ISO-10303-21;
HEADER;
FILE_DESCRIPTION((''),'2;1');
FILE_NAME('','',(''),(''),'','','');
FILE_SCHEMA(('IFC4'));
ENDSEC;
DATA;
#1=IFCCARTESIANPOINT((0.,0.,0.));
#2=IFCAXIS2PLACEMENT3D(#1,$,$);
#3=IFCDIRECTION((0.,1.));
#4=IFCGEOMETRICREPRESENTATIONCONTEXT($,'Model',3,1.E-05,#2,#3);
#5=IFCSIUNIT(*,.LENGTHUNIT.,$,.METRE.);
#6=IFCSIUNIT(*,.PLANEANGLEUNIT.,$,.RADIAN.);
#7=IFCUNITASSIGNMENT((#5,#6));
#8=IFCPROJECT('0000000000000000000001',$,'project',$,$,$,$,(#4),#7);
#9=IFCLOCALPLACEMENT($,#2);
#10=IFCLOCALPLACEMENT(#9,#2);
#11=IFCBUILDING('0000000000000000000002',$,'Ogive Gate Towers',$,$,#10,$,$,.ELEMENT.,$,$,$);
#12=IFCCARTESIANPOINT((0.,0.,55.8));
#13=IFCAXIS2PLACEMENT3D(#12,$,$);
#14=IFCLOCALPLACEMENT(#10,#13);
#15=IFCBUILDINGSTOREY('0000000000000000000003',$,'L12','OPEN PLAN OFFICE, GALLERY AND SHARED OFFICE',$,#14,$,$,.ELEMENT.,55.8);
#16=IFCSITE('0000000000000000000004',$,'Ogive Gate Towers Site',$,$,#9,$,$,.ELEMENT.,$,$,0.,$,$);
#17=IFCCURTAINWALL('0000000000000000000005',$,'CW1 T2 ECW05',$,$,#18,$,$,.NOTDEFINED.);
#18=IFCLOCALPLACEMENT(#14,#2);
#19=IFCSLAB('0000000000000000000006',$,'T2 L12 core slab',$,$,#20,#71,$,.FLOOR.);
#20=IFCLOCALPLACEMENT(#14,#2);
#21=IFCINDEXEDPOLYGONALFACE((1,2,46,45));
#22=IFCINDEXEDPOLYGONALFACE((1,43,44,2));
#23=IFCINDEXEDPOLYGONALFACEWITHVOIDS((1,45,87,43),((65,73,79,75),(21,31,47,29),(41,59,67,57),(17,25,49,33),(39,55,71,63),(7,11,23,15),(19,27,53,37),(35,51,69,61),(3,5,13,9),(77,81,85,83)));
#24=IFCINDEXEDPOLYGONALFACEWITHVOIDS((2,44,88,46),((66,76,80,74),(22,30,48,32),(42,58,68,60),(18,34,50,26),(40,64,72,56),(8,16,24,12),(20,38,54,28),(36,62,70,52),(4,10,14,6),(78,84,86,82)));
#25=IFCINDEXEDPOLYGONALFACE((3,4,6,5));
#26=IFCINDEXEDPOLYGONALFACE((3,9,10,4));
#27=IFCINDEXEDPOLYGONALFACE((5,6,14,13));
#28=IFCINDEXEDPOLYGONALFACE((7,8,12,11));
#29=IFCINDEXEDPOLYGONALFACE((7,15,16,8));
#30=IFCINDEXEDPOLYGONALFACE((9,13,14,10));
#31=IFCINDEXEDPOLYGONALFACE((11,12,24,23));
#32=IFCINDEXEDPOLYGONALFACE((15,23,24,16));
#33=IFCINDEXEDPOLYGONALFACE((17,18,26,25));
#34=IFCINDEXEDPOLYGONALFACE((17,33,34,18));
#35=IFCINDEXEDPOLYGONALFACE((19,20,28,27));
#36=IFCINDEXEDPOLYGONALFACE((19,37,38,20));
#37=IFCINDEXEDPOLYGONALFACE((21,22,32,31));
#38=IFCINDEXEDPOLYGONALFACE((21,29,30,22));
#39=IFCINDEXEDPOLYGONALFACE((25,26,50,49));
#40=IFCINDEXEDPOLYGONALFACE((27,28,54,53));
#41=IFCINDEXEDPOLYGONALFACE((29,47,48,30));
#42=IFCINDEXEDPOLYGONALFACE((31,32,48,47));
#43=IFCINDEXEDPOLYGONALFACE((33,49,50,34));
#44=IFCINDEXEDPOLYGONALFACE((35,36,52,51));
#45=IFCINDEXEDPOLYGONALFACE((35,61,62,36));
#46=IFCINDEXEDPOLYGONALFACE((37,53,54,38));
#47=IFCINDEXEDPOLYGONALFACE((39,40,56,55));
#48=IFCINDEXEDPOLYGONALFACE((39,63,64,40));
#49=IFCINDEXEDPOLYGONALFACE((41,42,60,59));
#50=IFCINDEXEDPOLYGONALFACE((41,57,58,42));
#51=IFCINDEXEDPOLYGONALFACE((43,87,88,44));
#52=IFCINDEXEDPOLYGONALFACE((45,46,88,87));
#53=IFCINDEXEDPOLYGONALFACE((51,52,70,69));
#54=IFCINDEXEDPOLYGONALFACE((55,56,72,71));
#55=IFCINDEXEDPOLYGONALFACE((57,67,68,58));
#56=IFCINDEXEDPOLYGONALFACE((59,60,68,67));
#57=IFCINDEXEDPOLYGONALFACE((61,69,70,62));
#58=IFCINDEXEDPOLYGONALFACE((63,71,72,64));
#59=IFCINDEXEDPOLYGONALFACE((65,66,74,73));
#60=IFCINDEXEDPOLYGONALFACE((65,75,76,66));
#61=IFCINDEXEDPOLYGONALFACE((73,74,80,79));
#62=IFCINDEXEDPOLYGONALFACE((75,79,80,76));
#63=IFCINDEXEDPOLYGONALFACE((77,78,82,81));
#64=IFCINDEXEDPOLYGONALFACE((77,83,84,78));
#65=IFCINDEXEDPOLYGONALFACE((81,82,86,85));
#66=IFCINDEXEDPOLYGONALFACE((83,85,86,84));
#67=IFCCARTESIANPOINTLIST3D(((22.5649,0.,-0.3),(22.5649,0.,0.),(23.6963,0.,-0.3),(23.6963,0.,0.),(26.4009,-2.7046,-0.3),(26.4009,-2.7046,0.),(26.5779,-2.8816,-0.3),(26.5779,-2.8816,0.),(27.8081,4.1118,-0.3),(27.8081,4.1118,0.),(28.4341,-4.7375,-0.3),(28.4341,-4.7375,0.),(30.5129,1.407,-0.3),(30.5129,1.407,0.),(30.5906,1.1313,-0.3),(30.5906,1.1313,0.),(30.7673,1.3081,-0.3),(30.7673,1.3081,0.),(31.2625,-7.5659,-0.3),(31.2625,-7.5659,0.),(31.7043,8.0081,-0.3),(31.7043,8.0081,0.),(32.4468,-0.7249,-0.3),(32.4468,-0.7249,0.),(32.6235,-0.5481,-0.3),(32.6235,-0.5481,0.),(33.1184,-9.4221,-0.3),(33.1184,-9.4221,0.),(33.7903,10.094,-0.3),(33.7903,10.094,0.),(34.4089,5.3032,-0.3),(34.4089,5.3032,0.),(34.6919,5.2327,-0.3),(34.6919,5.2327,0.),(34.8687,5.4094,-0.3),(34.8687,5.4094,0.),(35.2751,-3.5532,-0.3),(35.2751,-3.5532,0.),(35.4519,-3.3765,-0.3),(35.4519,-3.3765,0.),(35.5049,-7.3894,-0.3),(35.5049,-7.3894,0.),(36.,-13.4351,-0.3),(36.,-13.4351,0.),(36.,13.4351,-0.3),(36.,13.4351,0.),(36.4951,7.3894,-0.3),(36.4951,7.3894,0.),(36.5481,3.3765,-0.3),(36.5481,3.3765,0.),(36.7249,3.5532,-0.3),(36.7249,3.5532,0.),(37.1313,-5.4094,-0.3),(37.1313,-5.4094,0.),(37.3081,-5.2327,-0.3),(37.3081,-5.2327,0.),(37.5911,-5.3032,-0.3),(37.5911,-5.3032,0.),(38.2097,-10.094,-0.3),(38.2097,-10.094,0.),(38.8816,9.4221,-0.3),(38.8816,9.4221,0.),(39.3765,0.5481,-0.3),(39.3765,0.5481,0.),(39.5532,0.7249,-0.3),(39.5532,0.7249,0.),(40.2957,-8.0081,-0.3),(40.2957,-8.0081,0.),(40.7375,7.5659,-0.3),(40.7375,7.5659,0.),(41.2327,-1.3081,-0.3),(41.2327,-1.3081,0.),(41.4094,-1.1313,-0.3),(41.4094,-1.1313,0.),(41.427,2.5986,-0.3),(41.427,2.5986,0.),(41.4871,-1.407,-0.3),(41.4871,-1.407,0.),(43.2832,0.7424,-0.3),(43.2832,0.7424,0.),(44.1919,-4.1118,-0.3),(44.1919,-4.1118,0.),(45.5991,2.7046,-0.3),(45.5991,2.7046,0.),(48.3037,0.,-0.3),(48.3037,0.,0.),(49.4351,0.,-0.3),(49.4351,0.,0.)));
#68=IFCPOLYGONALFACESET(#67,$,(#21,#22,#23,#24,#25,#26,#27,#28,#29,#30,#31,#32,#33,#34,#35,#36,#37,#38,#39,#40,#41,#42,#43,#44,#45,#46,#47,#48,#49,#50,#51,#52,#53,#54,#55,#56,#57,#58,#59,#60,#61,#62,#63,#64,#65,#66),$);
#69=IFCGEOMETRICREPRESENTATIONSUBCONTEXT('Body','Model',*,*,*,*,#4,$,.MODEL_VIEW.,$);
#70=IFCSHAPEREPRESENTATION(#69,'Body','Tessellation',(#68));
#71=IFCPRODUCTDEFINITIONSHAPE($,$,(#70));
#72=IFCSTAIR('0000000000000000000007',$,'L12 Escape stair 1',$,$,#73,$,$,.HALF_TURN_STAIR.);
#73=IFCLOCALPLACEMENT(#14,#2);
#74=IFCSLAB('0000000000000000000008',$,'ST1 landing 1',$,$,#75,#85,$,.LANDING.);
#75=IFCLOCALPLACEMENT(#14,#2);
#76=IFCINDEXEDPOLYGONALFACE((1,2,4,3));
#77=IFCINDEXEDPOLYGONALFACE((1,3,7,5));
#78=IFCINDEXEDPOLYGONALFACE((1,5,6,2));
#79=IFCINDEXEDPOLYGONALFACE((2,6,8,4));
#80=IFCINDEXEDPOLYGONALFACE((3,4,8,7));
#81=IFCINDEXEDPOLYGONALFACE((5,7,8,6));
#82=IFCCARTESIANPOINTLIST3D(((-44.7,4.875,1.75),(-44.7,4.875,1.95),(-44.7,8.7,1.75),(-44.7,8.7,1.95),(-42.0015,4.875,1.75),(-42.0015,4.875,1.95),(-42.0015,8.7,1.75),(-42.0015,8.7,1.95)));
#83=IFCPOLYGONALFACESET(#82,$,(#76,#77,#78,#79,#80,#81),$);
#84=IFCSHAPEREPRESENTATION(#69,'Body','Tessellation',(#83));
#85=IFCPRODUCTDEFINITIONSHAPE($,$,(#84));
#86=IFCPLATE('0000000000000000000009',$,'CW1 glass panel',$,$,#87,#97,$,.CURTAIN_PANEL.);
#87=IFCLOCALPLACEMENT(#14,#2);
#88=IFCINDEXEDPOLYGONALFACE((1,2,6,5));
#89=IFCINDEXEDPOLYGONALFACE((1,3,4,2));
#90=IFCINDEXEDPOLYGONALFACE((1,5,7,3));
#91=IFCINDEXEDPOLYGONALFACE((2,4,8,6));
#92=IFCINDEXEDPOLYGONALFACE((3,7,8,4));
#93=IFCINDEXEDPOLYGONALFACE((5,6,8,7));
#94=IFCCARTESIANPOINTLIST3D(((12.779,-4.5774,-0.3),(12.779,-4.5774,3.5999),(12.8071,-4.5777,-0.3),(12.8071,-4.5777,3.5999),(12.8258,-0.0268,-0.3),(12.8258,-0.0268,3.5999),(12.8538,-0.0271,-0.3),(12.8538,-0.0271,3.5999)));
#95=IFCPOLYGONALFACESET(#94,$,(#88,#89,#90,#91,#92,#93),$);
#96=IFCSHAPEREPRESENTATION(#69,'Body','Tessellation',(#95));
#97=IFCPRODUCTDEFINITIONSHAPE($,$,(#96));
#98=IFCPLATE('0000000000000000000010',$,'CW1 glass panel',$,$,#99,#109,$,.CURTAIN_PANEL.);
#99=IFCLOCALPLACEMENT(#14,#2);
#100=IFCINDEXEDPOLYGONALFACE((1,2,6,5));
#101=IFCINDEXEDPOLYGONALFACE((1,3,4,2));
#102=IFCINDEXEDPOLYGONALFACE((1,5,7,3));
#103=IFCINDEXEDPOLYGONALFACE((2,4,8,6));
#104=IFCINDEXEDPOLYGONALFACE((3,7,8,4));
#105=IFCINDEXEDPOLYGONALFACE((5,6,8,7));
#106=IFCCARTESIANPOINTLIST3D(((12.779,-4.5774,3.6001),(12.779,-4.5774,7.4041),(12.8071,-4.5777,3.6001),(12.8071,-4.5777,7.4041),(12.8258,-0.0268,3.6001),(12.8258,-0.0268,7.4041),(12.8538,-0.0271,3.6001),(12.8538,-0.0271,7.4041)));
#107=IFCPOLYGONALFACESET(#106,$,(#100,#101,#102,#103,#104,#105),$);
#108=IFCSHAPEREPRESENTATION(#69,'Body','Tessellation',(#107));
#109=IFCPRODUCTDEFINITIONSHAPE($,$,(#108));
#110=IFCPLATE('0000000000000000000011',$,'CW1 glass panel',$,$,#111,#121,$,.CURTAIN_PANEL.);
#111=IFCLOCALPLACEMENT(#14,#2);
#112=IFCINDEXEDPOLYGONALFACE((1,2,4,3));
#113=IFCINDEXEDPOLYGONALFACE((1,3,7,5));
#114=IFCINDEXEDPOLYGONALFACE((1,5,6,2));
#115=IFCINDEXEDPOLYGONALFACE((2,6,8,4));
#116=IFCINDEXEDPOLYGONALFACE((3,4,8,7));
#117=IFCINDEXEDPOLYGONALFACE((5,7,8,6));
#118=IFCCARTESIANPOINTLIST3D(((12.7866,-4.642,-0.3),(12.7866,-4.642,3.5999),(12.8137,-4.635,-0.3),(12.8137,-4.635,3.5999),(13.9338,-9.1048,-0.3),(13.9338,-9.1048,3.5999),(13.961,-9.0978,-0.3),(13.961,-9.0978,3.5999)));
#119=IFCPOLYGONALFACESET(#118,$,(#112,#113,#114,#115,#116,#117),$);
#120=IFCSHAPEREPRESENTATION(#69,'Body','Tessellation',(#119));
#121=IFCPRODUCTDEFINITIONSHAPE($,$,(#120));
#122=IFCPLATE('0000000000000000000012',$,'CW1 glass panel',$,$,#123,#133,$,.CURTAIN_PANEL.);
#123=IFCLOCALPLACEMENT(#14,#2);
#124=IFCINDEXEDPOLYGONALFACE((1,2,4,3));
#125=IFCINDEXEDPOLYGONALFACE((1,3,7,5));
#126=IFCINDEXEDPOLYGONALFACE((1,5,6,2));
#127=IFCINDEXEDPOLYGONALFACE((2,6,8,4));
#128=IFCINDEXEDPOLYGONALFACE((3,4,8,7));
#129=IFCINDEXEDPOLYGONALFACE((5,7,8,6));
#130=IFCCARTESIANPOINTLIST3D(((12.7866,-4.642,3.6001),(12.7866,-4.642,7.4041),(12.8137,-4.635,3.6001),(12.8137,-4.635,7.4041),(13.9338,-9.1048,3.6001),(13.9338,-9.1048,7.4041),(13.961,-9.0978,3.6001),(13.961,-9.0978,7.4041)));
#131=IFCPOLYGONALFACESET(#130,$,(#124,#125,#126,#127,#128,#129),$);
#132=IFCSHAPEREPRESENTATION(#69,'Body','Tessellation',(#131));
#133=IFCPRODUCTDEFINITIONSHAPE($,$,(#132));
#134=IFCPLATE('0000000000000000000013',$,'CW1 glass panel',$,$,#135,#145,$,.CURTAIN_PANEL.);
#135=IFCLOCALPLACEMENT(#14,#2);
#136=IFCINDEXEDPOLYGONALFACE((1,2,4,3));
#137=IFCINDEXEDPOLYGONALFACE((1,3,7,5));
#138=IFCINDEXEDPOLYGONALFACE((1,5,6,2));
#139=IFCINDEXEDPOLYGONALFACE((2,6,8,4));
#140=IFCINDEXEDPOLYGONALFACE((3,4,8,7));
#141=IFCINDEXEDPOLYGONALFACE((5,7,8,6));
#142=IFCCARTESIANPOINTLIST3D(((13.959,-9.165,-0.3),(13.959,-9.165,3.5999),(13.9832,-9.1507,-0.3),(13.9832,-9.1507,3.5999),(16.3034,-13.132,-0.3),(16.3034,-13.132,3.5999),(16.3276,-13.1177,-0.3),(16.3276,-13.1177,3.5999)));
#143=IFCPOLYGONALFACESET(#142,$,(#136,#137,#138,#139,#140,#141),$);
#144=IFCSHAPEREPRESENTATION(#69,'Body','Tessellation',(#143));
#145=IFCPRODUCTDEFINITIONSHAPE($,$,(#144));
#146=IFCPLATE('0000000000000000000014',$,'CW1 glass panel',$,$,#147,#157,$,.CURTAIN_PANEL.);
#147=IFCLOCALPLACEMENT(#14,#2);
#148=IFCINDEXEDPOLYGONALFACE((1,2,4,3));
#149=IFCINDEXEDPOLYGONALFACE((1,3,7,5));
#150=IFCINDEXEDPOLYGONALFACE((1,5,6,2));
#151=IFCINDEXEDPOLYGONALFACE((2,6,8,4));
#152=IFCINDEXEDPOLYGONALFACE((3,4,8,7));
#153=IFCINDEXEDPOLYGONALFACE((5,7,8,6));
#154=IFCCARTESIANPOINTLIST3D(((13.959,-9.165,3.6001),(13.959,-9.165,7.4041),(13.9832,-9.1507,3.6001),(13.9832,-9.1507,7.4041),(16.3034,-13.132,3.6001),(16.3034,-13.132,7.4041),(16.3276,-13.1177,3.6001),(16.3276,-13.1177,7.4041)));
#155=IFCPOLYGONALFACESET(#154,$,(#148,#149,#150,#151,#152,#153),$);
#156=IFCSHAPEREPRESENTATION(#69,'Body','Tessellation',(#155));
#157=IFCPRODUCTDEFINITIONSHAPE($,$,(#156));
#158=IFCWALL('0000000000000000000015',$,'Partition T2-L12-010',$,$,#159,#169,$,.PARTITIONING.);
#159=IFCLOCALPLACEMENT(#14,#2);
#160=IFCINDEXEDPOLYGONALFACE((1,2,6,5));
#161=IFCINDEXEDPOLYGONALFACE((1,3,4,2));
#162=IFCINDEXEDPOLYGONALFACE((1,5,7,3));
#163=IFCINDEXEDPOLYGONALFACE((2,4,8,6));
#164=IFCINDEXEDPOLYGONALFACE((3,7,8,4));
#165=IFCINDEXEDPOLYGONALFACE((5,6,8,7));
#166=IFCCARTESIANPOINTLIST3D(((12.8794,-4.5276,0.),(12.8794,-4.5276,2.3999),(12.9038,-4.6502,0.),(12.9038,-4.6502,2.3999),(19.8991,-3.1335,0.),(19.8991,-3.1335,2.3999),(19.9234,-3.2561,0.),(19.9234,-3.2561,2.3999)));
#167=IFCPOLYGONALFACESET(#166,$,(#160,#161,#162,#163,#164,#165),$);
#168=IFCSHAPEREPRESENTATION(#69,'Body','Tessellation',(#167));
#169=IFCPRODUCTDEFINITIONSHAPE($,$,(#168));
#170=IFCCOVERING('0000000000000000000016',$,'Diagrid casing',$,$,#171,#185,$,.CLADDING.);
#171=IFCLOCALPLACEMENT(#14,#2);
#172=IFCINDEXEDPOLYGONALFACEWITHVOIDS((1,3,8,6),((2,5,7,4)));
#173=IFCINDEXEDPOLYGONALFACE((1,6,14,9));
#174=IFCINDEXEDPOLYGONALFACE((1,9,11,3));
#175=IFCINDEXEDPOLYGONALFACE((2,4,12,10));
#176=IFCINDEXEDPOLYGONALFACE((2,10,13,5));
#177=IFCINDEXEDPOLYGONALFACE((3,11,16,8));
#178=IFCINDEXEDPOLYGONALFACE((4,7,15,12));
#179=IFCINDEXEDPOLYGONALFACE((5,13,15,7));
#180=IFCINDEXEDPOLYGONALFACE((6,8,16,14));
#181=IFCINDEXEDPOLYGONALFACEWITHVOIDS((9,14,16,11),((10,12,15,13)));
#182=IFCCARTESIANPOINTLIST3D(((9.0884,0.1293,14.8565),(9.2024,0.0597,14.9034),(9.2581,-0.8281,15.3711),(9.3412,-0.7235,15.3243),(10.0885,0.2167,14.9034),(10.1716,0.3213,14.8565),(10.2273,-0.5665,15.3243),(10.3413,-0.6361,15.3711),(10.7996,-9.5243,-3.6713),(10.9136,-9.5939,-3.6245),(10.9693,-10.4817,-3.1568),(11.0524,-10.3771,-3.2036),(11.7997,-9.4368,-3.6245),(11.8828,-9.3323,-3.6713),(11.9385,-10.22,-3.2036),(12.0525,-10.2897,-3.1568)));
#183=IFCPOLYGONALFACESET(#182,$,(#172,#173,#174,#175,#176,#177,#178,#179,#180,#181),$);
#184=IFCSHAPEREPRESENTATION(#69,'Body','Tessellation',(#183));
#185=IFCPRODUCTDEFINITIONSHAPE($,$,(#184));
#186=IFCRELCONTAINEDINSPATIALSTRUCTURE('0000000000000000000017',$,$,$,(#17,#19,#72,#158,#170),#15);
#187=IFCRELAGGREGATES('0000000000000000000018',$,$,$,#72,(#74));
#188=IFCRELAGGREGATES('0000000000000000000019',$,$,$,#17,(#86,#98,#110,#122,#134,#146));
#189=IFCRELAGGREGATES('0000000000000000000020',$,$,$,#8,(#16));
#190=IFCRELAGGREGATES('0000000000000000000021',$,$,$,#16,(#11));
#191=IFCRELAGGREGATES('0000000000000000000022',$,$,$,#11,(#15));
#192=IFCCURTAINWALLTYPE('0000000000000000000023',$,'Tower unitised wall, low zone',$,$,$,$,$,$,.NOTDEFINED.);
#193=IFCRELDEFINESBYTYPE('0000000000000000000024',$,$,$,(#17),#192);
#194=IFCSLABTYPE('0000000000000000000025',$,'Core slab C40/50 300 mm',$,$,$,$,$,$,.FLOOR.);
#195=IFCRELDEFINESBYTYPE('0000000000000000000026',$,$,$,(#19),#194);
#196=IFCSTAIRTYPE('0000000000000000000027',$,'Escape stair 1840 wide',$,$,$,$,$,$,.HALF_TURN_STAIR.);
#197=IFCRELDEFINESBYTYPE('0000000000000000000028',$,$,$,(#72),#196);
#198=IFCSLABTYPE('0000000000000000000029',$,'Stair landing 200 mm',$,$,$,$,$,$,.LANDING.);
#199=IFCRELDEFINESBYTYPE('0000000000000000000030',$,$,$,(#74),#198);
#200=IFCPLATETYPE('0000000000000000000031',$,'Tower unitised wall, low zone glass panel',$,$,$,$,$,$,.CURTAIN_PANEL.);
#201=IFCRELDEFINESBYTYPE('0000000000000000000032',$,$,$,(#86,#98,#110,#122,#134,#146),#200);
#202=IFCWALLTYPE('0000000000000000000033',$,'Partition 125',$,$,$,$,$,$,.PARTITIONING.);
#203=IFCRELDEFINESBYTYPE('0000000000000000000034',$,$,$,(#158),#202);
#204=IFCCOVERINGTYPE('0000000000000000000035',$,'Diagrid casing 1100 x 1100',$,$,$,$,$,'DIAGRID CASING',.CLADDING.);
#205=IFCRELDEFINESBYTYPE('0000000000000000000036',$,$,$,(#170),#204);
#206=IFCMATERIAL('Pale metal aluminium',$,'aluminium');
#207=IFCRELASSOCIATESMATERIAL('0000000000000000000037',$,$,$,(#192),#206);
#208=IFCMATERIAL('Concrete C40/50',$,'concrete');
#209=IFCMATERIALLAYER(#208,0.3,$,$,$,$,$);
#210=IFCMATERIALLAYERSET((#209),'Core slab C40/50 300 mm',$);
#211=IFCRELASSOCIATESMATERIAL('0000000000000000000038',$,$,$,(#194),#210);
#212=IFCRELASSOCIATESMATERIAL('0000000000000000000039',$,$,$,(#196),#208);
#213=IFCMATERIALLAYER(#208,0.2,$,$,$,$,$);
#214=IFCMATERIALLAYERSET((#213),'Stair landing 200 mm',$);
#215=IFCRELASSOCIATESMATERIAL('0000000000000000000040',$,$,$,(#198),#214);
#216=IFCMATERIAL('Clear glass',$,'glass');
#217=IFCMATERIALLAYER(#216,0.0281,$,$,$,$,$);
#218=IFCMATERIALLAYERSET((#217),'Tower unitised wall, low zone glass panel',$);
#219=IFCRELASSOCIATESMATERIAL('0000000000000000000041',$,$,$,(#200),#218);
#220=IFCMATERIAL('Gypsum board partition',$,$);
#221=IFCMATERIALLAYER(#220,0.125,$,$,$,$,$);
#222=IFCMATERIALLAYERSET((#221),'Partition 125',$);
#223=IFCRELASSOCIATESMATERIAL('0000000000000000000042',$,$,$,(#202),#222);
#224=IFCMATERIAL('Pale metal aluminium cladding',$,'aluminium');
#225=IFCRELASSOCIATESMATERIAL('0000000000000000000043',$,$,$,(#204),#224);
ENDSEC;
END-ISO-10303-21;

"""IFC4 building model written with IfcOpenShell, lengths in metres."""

from ifc_helpers import new_model, si_unit, direction, frame, frame_2d, origin, origin_2d, place, context, subcontext, project, spatial, polyline, rectangle, hollow_rectangle, outline, extrude, material, layer, layer_set, material_profile, profile_set, type_object, element, aggregate, save


model = new_model("IFC4")

# Units and contexts
model_context = context("Model", 3, precision=1e-05, world=origin(), true_north=direction((0.0, 1.0)))
body_context = subcontext(model_context, "Body", "Model", "MODEL_VIEW")
ifc_project = project(units=[si_unit("LENGTHUNIT", "METRE"), si_unit("PLANEANGLEUNIT", "RADIAN")], contexts=[model_context])

# Site, building, storey
site_placement = place(None, origin())
site = spatial("IfcSite", under=ifc_project, at=site_placement, Name="Ogive Gate Towers Site", CompositionType="ELEMENT", RefElevation=0.0)
building_placement = place(site_placement, origin())
building = spatial("IfcBuilding", under=site, at=building_placement, Name="Ogive Gate Towers", CompositionType="ELEMENT")
storey_placement = place(building_placement, frame((0.0, 0.0, 55.8)))
storey = spatial("IfcBuildingStorey", under=building, at=storey_placement, Name="L12", Description="OPEN PLAN OFFICE, GALLERY AND SHARED OFFICE", CompositionType="ELEMENT", Elevation=55.8)

# Curtain wall
ifc_material_1 = material(Name="Pale metal aluminium", Category="aluminium")
curtain_wall_type = type_object("IfcCurtainWallType", Name="Tower unitised wall, low zone", PredefinedType="NOTDEFINED", material=ifc_material_1)
curtain_wall_placement = place(storey_placement, origin())
curtain_wall = element("IfcCurtainWall", 1, at=curtain_wall_placement, inside=storey, type_object=curtain_wall_type, Name="CW1 T2 ECW05", PredefinedType="NOTDEFINED")

# Slab
ifc_material_2 = material(Name="Concrete C40/50", Category="concrete")
ifc_layer_1 = layer(ifc_material_2, 0.3)
ifc_layer_set_1 = layer_set([ifc_layer_1], Name="Core slab C40/50 300 mm")
slab_type_1 = type_object("IfcSlabType", Name="Core slab C40/50 300 mm", PredefinedType="FLOOR", material=ifc_layer_set_1)
slab_1_placement = place(storey_placement, frame((0.0, 0.0, -0.3)))
element("IfcSlab", 2, at=slab_1_placement, inside=storey, type_object=slab_type_1, Name="T2 L12 core slab", PredefinedType="FLOOR", context=body_context, shape_type="SweptSolid", body=[
    extrude(outline(polyline([(36.0, 13.4351), (49.4351, 0.0), (36.0, -13.4351), (22.5649, 0.0), (36.0, 13.4351)]), holes=[polyline([(30.5906, 1.1313), (26.5779, -2.8816), (28.4341, -4.7375), (32.4468, -0.7249), (30.5906, 1.1313)]), polyline([(36.5481, 3.3765), (34.6919, 5.2327), (30.7673, 1.3081), (32.6235, -0.5481), (36.5481, 3.3765)]), polyline([(36.7249, 3.5532), (40.7375, 7.5659), (38.8816, 9.4221), (34.8687, 5.4094), (36.7249, 3.5532)]), polyline([(31.2625, -7.5659), (33.1184, -9.4221), (37.1313, -5.4094), (35.2751, -3.5532), (31.2625, -7.5659)]), polyline([(39.3765, 0.5481), (35.4519, -3.3765), (37.3081, -5.2327), (41.2327, -1.3081), (39.3765, 0.5481)]), polyline([(43.2832, 0.7424), (41.427, 2.5986), (39.5532, 0.7249), (41.4094, -1.1313), (43.2832, 0.7424)]), polyline([(34.4089, 5.3032), (36.4951, 7.3894), (33.7903, 10.094), (31.7043, 8.0081), (34.4089, 5.3032)]), polyline([(35.5049, -7.3894), (38.2097, -10.094), (40.2957, -8.0081), (37.5911, -5.3032), (35.5049, -7.3894)]), polyline([(26.4009, -2.7046), (30.5129, 1.407), (27.8081, 4.1118), (23.6963, 0.0), (26.4009, -2.7046)]), polyline([(48.3037, 0.0), (45.5991, 2.7046), (41.4871, -1.407), (44.1919, -4.1118), (48.3037, 0.0)])]), origin(), (0.0, 0.0, 1.0), 0.3),
])

# Stair, slab
stair_type = type_object("IfcStairType", Name="Escape stair 1840 wide", PredefinedType="HALF_TURN_STAIR", material=ifc_material_2)
stair_placement = place(storey_placement, origin())
stair = element("IfcStair", 3, at=stair_placement, inside=storey, type_object=stair_type, Name="L12 Escape stair 1", PredefinedType="HALF_TURN_STAIR")
ifc_layer_2 = layer(ifc_material_2, 0.2)
ifc_layer_set_2 = layer_set([ifc_layer_2], Name="Stair landing 200 mm")
slab_type_2 = type_object("IfcSlabType", Name="Stair landing 200 mm", PredefinedType="LANDING", material=ifc_layer_set_2)
slab_2_placement = place(storey_placement, frame((0.0, 0.0, 1.75)))
slab_2 = element("IfcSlab", 4, at=slab_2_placement, type_object=slab_type_2, Name="ST1 landing 1", PredefinedType="LANDING", context=body_context, shape_type="SweptSolid", body=[
    extrude(outline(polyline([(-42.0015, 8.7), (-44.7, 8.7), (-44.7, 4.875), (-42.0015, 4.875), (-42.0015, 8.7)])), origin(), (0.0, 0.0, 1.0), 0.2),
])
aggregate(stair, [slab_2])

# Plates
ifc_material_3 = material(Name="Clear glass", Category="glass")
ifc_layer_3 = layer(ifc_material_3, 0.0281)
ifc_layer_set_3 = layer_set([ifc_layer_3], Name="Tower unitised wall, low zone glass panel")
plate_type = type_object("IfcPlateType", Name="Tower unitised wall, low zone glass panel", PredefinedType="CURTAIN_PANEL", material=ifc_layer_set_3)
plate_1_placement = place(storey_placement, frame((12.8164, -2.3022, -0.3), z_axis=(0.0, 0.0, 1.0), x_axis=(-0.01028, -0.999947, 0.0)))
plate_1 = element("IfcPlate", 5, at=plate_1_placement, type_object=plate_type, Name="CW1 glass panel", PredefinedType="CURTAIN_PANEL", context=body_context, shape_type="SweptSolid", body=[
    extrude(rectangle(XDim=4.5508, YDim=0.0281, at=origin_2d()), origin(), (0.0, 0.0, 1.0), 3.8999),
])
plate_2_placement = place(storey_placement, frame((12.8164, -2.3022, 3.6001), z_axis=(0.0, 0.0, 1.0), x_axis=(-0.01028, -0.999947, 0.0)))
plate_2 = element("IfcPlate", 6, at=plate_2_placement, type_object=plate_type, Name="CW1 glass panel", PredefinedType="CURTAIN_PANEL", context=body_context, shape_type="SweptSolid", body=[
    extrude(rectangle(XDim=4.5508, YDim=0.0281, at=origin_2d()), origin(), (0.0, 0.0, 1.0), 3.804),
])
plate_3_placement = place(storey_placement, frame((13.3738, -6.8699, -0.3), z_axis=(0.0, 0.0, 1.0), x_axis=(0.248977, -0.968509, 0.0)))
plate_3 = element("IfcPlate", 7, at=plate_3_placement, type_object=plate_type, Name="CW1 glass panel", PredefinedType="CURTAIN_PANEL", context=body_context, shape_type="SweptSolid", body=[
    extrude(rectangle(XDim=4.6079, YDim=0.0281, at=origin_2d()), origin(), (0.0, 0.0, 1.0), 3.8999),
])
plate_4_placement = place(storey_placement, frame((13.3738, -6.8699, 3.6001), z_axis=(0.0, 0.0, 1.0), x_axis=(0.248977, -0.968509, 0.0)))
plate_4 = element("IfcPlate", 8, at=plate_4_placement, type_object=plate_type, Name="CW1 glass panel", PredefinedType="CURTAIN_PANEL", context=body_context, shape_type="SweptSolid", body=[
    extrude(rectangle(XDim=4.6079, YDim=0.0281, at=origin_2d()), origin(), (0.0, 0.0, 1.0), 3.804),
])
plate_5_placement = place(storey_placement, frame((15.1433, -11.1414, -0.3), z_axis=(0.0, 0.0, 1.0), x_axis=(0.508771, -0.860902, 0.0)))
plate_5 = element("IfcPlate", 9, at=plate_5_placement, type_object=plate_type, Name="CW1 glass panel", PredefinedType="CURTAIN_PANEL", context=body_context, shape_type="SweptSolid", body=[
    extrude(rectangle(XDim=4.6079, YDim=0.0281, at=origin_2d()), origin(), (0.0, 0.0, 1.0), 3.8999),
])
plate_6_placement = place(storey_placement, frame((15.1433, -11.1414, 3.6001), z_axis=(0.0, 0.0, 1.0), x_axis=(0.508771, -0.860902, 0.0)))
plate_6 = element("IfcPlate", 10, at=plate_6_placement, type_object=plate_type, Name="CW1 glass panel", PredefinedType="CURTAIN_PANEL", context=body_context, shape_type="SweptSolid", body=[
    extrude(rectangle(XDim=4.6079, YDim=0.0281, at=origin_2d()), origin(), (0.0, 0.0, 1.0), 3.804),
])
aggregate(curtain_wall, [plate_1, plate_2, plate_3, plate_4, plate_5, plate_6])

# Wall
ifc_material_4 = material(Name="Gypsum board partition")
ifc_layer_4 = layer(ifc_material_4, 0.125)
ifc_layer_set_4 = layer_set([ifc_layer_4], Name="Partition 125")
wall_type = type_object("IfcWallType", Name="Partition 125", PredefinedType="PARTITIONING", material=ifc_layer_set_4)
wall_placement = place(storey_placement, frame((12.8916, -4.5889, 0.0), z_axis=(0.0, 0.0, 1.0), x_axis=(0.980845, 0.194791, 0.0)))
element("IfcWall", 11, at=wall_placement, inside=storey, type_object=wall_type, Name="Partition T2-L12-010", PredefinedType="PARTITIONING", context=body_context, shape_type="SweptSolid", body=[
    extrude(rectangle(XDim=7.1567, YDim=0.125, at=frame_2d((3.5784, 0.0))), origin(), (0.0, 0.0, 1.0), 2.3999),
])

# Covering
ifc_material_5 = material(Name="Pale metal aluminium cladding", Category="aluminium")
ifc_material_profile_1 = material_profile(ifc_material_5, hollow_rectangle(XDim=1.1001, YDim=1.1001, WallThickness=0.1001, at=origin_2d()), Name="1100 x 1100 pale metal casing")
ifc_profile_set_1 = profile_set([ifc_material_profile_1], Name="Pale metal aluminium cladding")
covering_type_1 = type_object("IfcCoveringType", Name="Diagrid casing 1100 x 1100", ElementType="DIAGRID CASING", PredefinedType="CLADDING", material=ifc_profile_set_1)
for number, where, z_axis, x_axis, name in (
    (12, (11.426, -9.907, -3.4141), (-0.081633, 0.46053, 0.883883), (-0.98465, -0.174538, 0.0), "Diagrid casing"),
):
    element("IfcCovering", number, at=place(storey_placement, frame(where, z_axis=z_axis, x_axis=x_axis)), inside=storey, type_object=covering_type_1, Name=name, PredefinedType="CLADDING", context=body_context, shape_type="SweptSolid", body=[
        extrude(hollow_rectangle(XDim=1.1001, YDim=1.1001, WallThickness=0.1001, at=origin_2d()), origin(), (0.0, 0.0, 1.0), 20.9619),
    ])

save(model, "model.ifc")
